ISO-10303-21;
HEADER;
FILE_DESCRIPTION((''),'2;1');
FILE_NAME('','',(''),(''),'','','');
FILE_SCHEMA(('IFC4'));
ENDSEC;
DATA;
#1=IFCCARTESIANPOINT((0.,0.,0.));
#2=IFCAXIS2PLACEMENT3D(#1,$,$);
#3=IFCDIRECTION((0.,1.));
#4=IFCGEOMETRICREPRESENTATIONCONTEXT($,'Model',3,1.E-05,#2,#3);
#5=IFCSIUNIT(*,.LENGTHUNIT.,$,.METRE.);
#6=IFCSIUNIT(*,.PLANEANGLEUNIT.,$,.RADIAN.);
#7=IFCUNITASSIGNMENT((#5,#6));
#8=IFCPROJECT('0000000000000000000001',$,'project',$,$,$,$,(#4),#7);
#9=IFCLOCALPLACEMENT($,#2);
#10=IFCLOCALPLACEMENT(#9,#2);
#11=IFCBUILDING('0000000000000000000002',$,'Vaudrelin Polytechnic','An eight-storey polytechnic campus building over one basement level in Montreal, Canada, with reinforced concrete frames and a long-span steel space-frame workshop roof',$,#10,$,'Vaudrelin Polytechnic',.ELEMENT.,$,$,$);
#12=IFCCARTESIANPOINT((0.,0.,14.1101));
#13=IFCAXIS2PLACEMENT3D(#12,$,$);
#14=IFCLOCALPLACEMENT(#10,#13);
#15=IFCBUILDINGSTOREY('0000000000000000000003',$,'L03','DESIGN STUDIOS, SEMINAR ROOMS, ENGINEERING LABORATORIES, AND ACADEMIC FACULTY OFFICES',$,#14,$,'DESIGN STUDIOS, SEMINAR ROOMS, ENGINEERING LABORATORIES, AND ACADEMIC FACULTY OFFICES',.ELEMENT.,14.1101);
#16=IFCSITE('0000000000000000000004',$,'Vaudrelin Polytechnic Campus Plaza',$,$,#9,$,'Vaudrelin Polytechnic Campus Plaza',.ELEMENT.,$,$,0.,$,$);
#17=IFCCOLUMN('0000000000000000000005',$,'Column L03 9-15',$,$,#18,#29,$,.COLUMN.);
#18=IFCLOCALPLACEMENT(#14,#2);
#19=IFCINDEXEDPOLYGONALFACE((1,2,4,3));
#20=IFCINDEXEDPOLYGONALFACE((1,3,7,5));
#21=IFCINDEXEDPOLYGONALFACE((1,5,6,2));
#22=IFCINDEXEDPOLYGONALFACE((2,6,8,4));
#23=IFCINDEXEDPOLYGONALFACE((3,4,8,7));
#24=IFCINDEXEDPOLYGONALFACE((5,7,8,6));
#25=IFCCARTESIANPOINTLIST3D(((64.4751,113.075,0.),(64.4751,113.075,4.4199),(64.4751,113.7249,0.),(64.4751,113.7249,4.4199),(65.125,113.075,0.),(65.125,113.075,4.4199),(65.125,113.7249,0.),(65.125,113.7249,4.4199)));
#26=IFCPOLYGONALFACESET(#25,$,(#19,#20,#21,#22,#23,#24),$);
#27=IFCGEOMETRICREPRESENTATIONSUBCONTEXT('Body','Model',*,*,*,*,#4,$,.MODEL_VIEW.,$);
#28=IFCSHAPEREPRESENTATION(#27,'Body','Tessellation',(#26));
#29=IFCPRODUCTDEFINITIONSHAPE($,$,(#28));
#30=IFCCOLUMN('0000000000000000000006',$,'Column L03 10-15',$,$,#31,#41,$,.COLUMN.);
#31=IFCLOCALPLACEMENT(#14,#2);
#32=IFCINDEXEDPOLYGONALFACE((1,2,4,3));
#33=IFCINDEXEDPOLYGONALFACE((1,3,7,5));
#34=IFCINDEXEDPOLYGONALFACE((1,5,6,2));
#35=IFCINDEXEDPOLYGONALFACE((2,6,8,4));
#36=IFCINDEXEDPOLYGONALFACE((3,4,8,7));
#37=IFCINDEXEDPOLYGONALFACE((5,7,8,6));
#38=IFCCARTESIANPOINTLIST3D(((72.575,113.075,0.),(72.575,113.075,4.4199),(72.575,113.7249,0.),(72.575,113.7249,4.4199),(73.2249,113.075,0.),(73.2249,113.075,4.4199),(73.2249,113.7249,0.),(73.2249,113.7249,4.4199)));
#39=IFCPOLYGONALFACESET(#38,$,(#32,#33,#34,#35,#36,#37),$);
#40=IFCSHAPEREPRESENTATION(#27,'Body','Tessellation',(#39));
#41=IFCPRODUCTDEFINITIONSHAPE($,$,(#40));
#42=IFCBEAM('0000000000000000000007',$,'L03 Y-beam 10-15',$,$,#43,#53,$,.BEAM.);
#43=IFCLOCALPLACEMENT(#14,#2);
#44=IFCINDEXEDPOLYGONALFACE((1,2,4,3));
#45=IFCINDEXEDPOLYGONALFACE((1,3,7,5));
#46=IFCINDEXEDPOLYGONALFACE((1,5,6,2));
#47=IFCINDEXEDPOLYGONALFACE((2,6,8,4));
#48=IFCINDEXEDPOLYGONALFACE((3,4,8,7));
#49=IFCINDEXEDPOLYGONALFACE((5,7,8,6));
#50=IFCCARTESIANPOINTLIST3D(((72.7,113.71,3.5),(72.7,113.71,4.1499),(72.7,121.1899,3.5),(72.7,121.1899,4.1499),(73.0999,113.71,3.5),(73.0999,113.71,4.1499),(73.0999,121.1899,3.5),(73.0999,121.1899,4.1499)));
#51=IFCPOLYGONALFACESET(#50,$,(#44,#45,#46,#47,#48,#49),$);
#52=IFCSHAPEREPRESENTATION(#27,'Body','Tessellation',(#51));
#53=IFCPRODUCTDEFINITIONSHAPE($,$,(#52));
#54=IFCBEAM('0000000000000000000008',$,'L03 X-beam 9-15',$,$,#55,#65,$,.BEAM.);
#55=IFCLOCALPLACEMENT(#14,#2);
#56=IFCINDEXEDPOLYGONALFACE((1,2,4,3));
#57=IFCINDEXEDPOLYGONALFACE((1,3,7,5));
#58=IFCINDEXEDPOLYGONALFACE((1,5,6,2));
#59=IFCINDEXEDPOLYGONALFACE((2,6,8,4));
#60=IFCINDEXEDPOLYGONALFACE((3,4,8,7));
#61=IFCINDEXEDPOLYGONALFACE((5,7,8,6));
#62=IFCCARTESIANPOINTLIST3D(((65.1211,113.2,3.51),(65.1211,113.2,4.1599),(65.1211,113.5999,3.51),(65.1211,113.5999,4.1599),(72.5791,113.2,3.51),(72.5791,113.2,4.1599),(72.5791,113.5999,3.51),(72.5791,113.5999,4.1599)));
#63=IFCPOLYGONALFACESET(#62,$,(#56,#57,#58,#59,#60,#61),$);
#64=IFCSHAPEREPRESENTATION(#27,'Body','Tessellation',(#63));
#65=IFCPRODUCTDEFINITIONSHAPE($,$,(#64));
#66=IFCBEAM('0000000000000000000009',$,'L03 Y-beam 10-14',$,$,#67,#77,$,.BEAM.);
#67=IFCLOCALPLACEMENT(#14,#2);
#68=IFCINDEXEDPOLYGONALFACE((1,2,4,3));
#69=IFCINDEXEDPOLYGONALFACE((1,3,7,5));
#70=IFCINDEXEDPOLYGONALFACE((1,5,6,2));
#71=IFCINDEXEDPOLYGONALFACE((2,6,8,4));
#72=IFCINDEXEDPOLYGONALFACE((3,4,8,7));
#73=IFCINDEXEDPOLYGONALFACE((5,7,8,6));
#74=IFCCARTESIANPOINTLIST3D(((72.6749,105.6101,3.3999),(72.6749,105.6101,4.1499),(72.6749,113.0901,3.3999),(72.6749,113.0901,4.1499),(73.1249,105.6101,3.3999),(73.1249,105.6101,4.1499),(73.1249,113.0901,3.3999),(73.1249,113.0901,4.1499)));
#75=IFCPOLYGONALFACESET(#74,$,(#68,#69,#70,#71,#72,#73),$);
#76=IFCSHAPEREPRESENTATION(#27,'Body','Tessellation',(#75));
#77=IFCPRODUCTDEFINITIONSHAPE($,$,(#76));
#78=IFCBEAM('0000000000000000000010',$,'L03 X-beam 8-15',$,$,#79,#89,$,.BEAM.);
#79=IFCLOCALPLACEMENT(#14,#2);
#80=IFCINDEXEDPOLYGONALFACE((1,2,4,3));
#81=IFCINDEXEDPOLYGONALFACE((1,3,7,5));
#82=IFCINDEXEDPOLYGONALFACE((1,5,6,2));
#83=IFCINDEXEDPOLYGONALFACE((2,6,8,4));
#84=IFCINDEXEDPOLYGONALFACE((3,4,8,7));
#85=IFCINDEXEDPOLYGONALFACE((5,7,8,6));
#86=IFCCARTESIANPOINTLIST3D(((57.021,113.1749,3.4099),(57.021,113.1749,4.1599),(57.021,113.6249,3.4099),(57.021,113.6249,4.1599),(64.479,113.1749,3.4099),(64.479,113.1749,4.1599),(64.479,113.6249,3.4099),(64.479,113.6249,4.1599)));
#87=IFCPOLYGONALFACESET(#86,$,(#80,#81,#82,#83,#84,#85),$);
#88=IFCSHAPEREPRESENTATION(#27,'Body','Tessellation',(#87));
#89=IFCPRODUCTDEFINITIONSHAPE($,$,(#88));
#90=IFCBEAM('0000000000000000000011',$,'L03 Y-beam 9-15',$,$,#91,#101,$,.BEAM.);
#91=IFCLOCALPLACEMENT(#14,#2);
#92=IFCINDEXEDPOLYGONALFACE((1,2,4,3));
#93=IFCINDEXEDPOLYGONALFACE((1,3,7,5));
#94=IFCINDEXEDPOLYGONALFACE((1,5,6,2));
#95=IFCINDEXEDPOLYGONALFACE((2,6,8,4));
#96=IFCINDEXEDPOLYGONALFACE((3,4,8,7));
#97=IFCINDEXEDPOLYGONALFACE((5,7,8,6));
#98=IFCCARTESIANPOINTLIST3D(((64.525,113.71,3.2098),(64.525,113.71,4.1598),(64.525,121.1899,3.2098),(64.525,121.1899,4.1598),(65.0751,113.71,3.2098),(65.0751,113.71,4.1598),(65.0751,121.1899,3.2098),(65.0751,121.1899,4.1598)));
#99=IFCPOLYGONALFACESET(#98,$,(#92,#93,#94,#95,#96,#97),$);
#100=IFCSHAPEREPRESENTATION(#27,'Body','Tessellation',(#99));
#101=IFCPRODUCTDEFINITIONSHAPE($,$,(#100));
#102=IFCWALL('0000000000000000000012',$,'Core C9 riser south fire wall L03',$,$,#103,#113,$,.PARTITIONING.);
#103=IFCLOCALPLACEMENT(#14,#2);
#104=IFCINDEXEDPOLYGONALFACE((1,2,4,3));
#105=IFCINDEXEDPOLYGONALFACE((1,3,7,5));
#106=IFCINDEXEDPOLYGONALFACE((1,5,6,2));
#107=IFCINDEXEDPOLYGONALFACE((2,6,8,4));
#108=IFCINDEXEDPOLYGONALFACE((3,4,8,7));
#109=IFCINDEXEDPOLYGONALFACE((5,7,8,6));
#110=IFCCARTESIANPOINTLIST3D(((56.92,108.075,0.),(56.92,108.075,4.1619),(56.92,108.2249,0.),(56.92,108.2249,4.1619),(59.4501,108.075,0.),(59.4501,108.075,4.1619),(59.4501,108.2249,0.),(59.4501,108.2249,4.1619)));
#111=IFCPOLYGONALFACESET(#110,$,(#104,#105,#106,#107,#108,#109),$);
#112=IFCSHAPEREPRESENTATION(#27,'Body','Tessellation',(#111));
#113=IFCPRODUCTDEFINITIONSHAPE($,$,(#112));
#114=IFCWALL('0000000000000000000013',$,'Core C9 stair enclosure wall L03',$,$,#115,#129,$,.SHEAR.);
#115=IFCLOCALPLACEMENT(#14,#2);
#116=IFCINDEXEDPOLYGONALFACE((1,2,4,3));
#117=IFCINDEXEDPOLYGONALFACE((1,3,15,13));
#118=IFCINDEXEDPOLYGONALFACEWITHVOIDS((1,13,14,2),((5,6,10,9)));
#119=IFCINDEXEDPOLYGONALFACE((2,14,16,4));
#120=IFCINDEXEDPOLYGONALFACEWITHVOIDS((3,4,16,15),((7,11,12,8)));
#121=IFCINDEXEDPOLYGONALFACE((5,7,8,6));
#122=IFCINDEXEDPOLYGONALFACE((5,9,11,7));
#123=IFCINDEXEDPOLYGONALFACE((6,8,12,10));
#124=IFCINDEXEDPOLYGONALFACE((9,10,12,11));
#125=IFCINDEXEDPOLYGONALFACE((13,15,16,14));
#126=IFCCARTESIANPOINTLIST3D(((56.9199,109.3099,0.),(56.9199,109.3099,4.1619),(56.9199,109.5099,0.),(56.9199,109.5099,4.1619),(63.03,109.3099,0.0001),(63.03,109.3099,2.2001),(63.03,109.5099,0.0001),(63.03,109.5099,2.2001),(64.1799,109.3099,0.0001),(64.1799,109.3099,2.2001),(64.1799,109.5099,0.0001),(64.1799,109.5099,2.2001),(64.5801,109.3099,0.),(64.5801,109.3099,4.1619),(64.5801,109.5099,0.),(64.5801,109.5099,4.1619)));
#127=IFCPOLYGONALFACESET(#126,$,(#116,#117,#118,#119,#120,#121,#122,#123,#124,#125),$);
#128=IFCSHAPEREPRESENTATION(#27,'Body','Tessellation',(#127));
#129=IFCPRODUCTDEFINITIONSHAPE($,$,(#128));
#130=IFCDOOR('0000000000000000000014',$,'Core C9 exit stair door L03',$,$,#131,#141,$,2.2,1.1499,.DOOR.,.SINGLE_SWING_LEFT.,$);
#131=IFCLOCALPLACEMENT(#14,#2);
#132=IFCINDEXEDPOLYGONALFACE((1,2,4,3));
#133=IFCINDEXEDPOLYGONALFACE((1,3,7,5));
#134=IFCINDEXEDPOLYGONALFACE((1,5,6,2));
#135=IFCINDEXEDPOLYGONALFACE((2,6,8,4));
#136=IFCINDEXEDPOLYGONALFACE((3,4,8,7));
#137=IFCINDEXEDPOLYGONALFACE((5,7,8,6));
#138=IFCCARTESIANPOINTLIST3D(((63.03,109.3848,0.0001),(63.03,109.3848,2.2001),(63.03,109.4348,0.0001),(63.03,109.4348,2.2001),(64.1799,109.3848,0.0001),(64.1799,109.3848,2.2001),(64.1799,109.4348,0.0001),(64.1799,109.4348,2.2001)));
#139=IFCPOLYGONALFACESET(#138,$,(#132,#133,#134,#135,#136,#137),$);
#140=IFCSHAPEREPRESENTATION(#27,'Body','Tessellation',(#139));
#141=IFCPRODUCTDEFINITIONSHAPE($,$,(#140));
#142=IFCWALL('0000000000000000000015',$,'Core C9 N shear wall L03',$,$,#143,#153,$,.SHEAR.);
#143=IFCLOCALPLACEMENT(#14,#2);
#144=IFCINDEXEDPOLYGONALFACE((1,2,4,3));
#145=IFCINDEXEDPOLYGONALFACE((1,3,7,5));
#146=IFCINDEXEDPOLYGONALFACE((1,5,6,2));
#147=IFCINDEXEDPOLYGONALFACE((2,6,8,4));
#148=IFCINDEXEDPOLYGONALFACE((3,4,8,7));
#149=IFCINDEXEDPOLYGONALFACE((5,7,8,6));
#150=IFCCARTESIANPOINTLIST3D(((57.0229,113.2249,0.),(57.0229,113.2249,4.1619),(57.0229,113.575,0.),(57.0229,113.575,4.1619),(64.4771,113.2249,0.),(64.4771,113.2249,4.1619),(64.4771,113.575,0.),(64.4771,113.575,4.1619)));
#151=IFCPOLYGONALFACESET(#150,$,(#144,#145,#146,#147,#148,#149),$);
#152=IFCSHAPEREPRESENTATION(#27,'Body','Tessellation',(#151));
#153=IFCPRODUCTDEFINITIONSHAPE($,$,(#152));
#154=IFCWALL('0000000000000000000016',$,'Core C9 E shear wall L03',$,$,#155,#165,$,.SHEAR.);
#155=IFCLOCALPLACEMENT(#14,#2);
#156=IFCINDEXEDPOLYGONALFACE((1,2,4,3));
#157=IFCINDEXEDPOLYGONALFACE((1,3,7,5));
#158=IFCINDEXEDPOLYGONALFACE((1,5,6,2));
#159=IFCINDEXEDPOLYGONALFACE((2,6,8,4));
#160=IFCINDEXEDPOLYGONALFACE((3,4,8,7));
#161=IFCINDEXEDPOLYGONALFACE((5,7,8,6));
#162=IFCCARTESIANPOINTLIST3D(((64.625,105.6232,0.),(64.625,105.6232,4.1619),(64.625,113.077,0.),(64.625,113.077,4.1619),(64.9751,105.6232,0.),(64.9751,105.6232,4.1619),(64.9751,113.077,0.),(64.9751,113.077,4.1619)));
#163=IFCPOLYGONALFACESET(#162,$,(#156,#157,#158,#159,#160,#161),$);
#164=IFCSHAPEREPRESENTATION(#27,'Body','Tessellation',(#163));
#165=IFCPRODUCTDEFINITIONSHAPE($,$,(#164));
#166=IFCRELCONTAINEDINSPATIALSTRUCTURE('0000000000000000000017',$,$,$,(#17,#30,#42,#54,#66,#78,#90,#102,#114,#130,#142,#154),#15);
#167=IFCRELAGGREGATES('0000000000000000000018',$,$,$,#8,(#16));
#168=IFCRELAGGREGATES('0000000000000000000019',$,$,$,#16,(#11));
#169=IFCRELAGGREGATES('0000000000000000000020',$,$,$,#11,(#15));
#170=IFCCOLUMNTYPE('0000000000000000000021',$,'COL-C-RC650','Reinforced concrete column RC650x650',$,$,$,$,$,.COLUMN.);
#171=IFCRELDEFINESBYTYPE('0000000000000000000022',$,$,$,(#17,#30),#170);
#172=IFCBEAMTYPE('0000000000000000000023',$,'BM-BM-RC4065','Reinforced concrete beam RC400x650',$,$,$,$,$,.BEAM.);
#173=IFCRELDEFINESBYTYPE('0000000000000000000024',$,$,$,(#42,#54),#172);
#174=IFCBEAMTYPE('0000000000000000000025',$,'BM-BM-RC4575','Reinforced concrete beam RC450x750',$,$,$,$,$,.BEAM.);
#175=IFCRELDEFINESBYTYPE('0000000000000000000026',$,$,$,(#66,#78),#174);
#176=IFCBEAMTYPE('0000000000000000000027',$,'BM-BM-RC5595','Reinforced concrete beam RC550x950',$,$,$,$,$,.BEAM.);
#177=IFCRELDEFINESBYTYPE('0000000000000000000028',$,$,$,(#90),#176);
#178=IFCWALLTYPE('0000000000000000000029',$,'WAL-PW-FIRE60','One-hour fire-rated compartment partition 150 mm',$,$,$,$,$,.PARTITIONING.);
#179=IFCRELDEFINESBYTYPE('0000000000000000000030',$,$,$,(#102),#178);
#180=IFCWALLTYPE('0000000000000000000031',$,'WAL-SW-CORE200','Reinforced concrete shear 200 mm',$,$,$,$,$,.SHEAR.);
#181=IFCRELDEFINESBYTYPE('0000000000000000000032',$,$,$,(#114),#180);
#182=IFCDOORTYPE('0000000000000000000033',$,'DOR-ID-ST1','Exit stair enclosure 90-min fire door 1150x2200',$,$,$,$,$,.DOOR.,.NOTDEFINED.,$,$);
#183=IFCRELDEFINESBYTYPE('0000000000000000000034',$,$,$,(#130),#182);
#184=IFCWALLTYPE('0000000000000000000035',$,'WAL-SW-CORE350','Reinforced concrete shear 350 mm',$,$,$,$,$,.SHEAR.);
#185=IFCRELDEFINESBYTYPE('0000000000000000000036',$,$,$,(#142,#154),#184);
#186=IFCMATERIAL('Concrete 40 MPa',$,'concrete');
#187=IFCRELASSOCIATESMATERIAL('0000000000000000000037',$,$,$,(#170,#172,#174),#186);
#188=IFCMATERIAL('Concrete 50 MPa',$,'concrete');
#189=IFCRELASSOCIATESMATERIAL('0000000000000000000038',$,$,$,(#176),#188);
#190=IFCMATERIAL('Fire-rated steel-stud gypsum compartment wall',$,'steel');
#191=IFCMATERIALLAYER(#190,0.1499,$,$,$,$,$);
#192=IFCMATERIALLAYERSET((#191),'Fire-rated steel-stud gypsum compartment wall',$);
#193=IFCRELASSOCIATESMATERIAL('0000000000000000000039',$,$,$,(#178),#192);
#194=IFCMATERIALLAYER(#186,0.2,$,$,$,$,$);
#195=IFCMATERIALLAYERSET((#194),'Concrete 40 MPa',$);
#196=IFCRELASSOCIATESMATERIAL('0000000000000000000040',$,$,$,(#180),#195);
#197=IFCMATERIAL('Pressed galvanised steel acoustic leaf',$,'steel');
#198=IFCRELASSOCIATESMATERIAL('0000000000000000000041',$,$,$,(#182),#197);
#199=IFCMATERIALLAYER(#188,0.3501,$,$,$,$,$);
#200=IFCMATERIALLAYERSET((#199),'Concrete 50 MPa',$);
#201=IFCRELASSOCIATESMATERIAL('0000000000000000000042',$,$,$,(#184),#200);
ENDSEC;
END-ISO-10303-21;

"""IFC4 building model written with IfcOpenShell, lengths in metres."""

from ifc_helpers import new_model, si_unit, direction, frame, frame_2d, origin, origin_2d, place, context, subcontext, project, spatial, rectangle, extrude, material, layer, layer_set, material_profile, profile_set, type_object, element, fill, save


model = new_model("IFC4")

# Units and contexts
model_context = context("Model", 3, precision=1e-05, world=origin(), true_north=direction((0.0, 1.0)))
body_context = subcontext(model_context, "Body", "Model", "MODEL_VIEW")
ifc_project = project(units=[si_unit("LENGTHUNIT", "METRE"), si_unit("PLANEANGLEUNIT", "RADIAN")], contexts=[model_context])

# Site, building, storey
site_placement = place(None, origin())
site = spatial("IfcSite", under=ifc_project, at=site_placement, Name="Vaudrelin Polytechnic Campus Plaza", LongName="Vaudrelin Polytechnic Campus Plaza", CompositionType="ELEMENT", RefElevation=0.0)
building_placement = place(site_placement, origin())
building = spatial("IfcBuilding", under=site, at=building_placement, Name="Vaudrelin Polytechnic", Description="An eight-storey polytechnic campus building over one basement level in Montreal, Canada, with reinforced concrete frames and a long-span steel space-frame workshop roof", LongName="Vaudrelin Polytechnic", CompositionType="ELEMENT")
storey_placement = place(building_placement, frame((0.0, 0.0, 14.1101)))
storey = spatial("IfcBuildingStorey", under=building, at=storey_placement, Name="L03", Description="DESIGN STUDIOS, SEMINAR ROOMS, ENGINEERING LABORATORIES, AND ACADEMIC FACULTY OFFICES", LongName="DESIGN STUDIOS, SEMINAR ROOMS, ENGINEERING LABORATORIES, AND ACADEMIC FACULTY OFFICES", CompositionType="ELEMENT", Elevation=14.1101)

# Columns
ifc_material_1 = material(Name="Concrete 40 MPa", Category="concrete")
ifc_material_profile_1 = material_profile(ifc_material_1, rectangle(XDim=0.6499, YDim=0.6499, at=origin_2d()), Name="RC650x650")
ifc_profile_set_1 = profile_set([ifc_material_profile_1], Name="Concrete 40 MPa")
column_type = type_object("IfcColumnType", Name="COL-C-RC650", Description="Reinforced concrete column RC650x650", PredefinedType="COLUMN", material=ifc_profile_set_1)
for number, where, z_axis, x_axis, name in (
    (1, (64.8, 113.3999, 0.0), (0.0, 0.0, 1.0), (1.0, 0.0, 0.0), "Column L03 9-15"),
    (2, (72.8999, 113.3999, 0.0), (0.0, 0.0, 1.0), (1.0, 0.0, 0.0), "Column L03 10-15"),
):
    element("IfcColumn", number, at=place(storey_placement, frame(where, z_axis=z_axis, x_axis=x_axis)), inside=storey, type_object=column_type, Name=name, PredefinedType="COLUMN", context=body_context, shape_type="SweptSolid", body=[
        extrude(rectangle(XDim=0.6499, YDim=0.6499, at=origin_2d()), origin(), (0.0, 0.0, 1.0), 4.4199),
    ])

# Beams
ifc_material_profile_2 = material_profile(ifc_material_1, rectangle(XDim=0.3999, YDim=0.6499, at=origin_2d()), Name="RC400x650")
ifc_profile_set_2 = profile_set([ifc_material_profile_2], Name="Concrete 40 MPa")
beam_type_1 = type_object("IfcBeamType", Name="BM-BM-RC4065", Description="Reinforced concrete beam RC400x650", PredefinedType="BEAM", material=ifc_profile_set_2)
beam_1_placement = place(storey_placement, frame((72.8999, 113.71, 3.825), z_axis=(0.0, 1.0, 0.0), x_axis=(-1.0, 0.0, 0.0)))
element("IfcBeam", 3, at=beam_1_placement, inside=storey, type_object=beam_type_1, Name="L03 Y-beam 10-15", PredefinedType="BEAM", context=body_context, shape_type="SweptSolid", body=[
    extrude(rectangle(XDim=0.3999, YDim=0.6499, at=origin_2d()), origin(), (0.0, 0.0, 1.0), 7.48),
])
beam_2_placement = place(storey_placement, frame((65.1211, 113.3999, 3.835), z_axis=(1.0, 0.0, 0.0), x_axis=(0.0, 1.0, 0.0)))
element("IfcBeam", 4, at=beam_2_placement, inside=storey, type_object=beam_type_1, Name="L03 X-beam 9-15", PredefinedType="BEAM", context=body_context, shape_type="SweptSolid", body=[
    extrude(rectangle(XDim=0.3999, YDim=0.6499, at=origin_2d()), origin(), (0.0, 0.0, 1.0), 7.458),
])
ifc_material_profile_3 = material_profile(ifc_material_1, rectangle(XDim=0.45, YDim=0.75, at=origin_2d()), Name="RC450x750")
ifc_profile_set_3 = profile_set([ifc_material_profile_3], Name="Concrete 40 MPa")
beam_type_2 = type_object("IfcBeamType", Name="BM-BM-RC4575", Description="Reinforced concrete beam RC450x750", PredefinedType="BEAM", material=ifc_profile_set_3)
beam_3_placement = place(storey_placement, frame((72.8999, 105.6101, 3.7749), z_axis=(0.0, 1.0, 0.0), x_axis=(-1.0, 0.0, 0.0)))
element("IfcBeam", 5, at=beam_3_placement, inside=storey, type_object=beam_type_2, Name="L03 Y-beam 10-14", PredefinedType="BEAM", context=body_context, shape_type="SweptSolid", body=[
    extrude(rectangle(XDim=0.45, YDim=0.75, at=origin_2d()), origin(), (0.0, 0.0, 1.0), 7.48),
])
beam_4_placement = place(storey_placement, frame((57.021, 113.3999, 3.7849), z_axis=(1.0, 0.0, 0.0), x_axis=(0.0, 1.0, 0.0)))
element("IfcBeam", 6, at=beam_4_placement, inside=storey, type_object=beam_type_2, Name="L03 X-beam 8-15", PredefinedType="BEAM", context=body_context, shape_type="SweptSolid", body=[
    extrude(rectangle(XDim=0.45, YDim=0.75, at=origin_2d()), origin(), (0.0, 0.0, 1.0), 7.458),
])
ifc_material_2 = material(Name="Concrete 50 MPa", Category="concrete")
ifc_material_profile_4 = material_profile(ifc_material_2, rectangle(XDim=0.55, YDim=0.95, at=origin_2d()), Name="RC550x950")
ifc_profile_set_4 = profile_set([ifc_material_profile_4], Name="Concrete 50 MPa")
beam_type_3 = type_object("IfcBeamType", Name="BM-BM-RC5595", Description="Reinforced concrete beam RC550x950", PredefinedType="BEAM", material=ifc_profile_set_4)
beam_5_placement = place(storey_placement, frame((64.8, 113.71, 3.6848), z_axis=(0.0, 1.0, 0.0), x_axis=(-1.0, 0.0, 0.0)))
element("IfcBeam", 7, at=beam_5_placement, inside=storey, type_object=beam_type_3, Name="L03 Y-beam 9-15", PredefinedType="BEAM", context=body_context, shape_type="SweptSolid", body=[
    extrude(rectangle(XDim=0.55, YDim=0.95, at=origin_2d()), origin(), (0.0, 0.0, 1.0), 7.48),
])

# Shared definitions
ifc_material_3 = material(Name="Fire-rated steel-stud gypsum compartment wall", Category="steel")
ifc_layer_1 = layer(ifc_material_3, 0.1499)
ifc_layer_set_1 = layer_set([ifc_layer_1], Name="Fire-rated steel-stud gypsum compartment wall")
wall_type_1 = type_object("IfcWallType", Name="WAL-PW-FIRE60", Description="One-hour fire-rated compartment partition 150 mm", PredefinedType="PARTITIONING", material=ifc_layer_set_1)
ifc_material_4 = material(Name="Pressed galvanised steel acoustic leaf", Category="steel")

# Wall
wall_1_placement = place(storey_placement, frame((56.9199, 108.1499, 0.0), z_axis=(0.0, 0.0, 1.0), x_axis=(1.0, 0.0, 0.0)))
element("IfcWall", 8, at=wall_1_placement, inside=storey, type_object=wall_type_1, Name="Core C9 riser south fire wall L03", PredefinedType="PARTITIONING", context=body_context, shape_type="SweptSolid", body=[
    extrude(rectangle(XDim=2.53, YDim=0.1499, at=frame_2d((1.2651, 0.0))), origin(), (0.0, 0.0, 1.0), 4.1619),
])

# Wall, opening, door
ifc_layer_2 = layer(ifc_material_1, 0.2)
ifc_layer_set_2 = layer_set([ifc_layer_2], Name="Concrete 40 MPa")
wall_type_2 = type_object("IfcWallType", Name="WAL-SW-CORE200", Description="Reinforced concrete shear 200 mm", PredefinedType="SHEAR", material=ifc_layer_set_2)
wall_2_placement = place(storey_placement, frame((56.9199, 109.4099, 0.0), z_axis=(0.0, 0.0, 1.0), x_axis=(1.0, 0.0, 0.0)))
wall_2 = element("IfcWall", 9, at=wall_2_placement, inside=storey, type_object=wall_type_2, Name="Core C9 stair enclosure wall L03", PredefinedType="SHEAR", context=body_context, shape_type="SweptSolid", body=[
    extrude(rectangle(XDim=7.6602, YDim=0.2, at=frame_2d((3.8301, 0.0))), origin(), (0.0, 0.0, 1.0), 4.1619),
])
opening_1_placement = place(wall_2_placement, frame((6.1101, 0.0, 0.0)))
opening_1 = element("IfcOpeningElement", 10, at=opening_1_placement, cuts=wall_2, PredefinedType="OPENING", context=body_context, shape_type="SweptSolid", body=[
    extrude(rectangle(XDim=1.1499, YDim=2.2, at=frame_2d((0.575, 1.1001))), frame((0.0, 0.1099, 0.0), z_axis=(0.0, -1.0, 0.0), x_axis=(1.0, 0.0, 0.0)), (0.0, 0.0, 1.0), 0.22),
])
door_type_1 = type_object("IfcDoorType", Name="DOR-ID-ST1", Description="Exit stair enclosure 90-min fire door 1150x2200", OperationType="NOTDEFINED", PredefinedType="DOOR", material=ifc_material_4)
door_1_placement = place(opening_1_placement, origin())
door_1 = element("IfcDoor", 11, at=door_1_placement, inside=storey, type_object=door_type_1, Name="Core C9 exit stair door L03", OperationType="SINGLE_SWING_LEFT", OverallHeight=2.2, OverallWidth=1.1499, PredefinedType="DOOR", context=body_context, shape_type="SweptSolid", body=[
    extrude(rectangle(XDim=1.1499, YDim=2.2, at=frame_2d((0.575, 1.1001))), frame((0.0, 0.0249, 0.0), z_axis=(0.0, -1.0, 0.0), x_axis=(1.0, 0.0, 0.0)), (0.0, 0.0, 1.0), 0.05),
])
fill(opening_1, door_1)

# Walls
ifc_layer_3 = layer(ifc_material_2, 0.3501)
ifc_layer_set_3 = layer_set([ifc_layer_3], Name="Concrete 50 MPa")
wall_type_3 = type_object("IfcWallType", Name="WAL-SW-CORE350", Description="Reinforced concrete shear 350 mm", PredefinedType="SHEAR", material=ifc_layer_set_3)
wall_3_placement = place(storey_placement, frame((57.0229, 113.3999, 0.0), z_axis=(0.0, 0.0, 1.0), x_axis=(1.0, 0.0, 0.0)))
element("IfcWall", 12, at=wall_3_placement, inside=storey, type_object=wall_type_3, Name="Core C9 N shear wall L03", PredefinedType="SHEAR", context=body_context, shape_type="SweptSolid", body=[
    extrude(rectangle(XDim=7.4541, YDim=0.3501, at=frame_2d((3.7271, 0.0))), origin(), (0.0, 0.0, 1.0), 4.1619),
])
wall_4_placement = place(storey_placement, frame((64.8, 105.623, 0.0), z_axis=(0.0, 0.0, 1.0), x_axis=(0.0, 1.0, 0.0)))
element("IfcWall", 13, at=wall_4_placement, inside=storey, type_object=wall_type_3, Name="Core C9 E shear wall L03", PredefinedType="SHEAR", context=body_context, shape_type="SweptSolid", body=[
    extrude(rectangle(XDim=7.4539, YDim=0.3501, at=frame_2d((3.7271, 0.0))), origin(), (0.0, 0.0, 1.0), 4.1619),
])

save(model, "model.ifc")
